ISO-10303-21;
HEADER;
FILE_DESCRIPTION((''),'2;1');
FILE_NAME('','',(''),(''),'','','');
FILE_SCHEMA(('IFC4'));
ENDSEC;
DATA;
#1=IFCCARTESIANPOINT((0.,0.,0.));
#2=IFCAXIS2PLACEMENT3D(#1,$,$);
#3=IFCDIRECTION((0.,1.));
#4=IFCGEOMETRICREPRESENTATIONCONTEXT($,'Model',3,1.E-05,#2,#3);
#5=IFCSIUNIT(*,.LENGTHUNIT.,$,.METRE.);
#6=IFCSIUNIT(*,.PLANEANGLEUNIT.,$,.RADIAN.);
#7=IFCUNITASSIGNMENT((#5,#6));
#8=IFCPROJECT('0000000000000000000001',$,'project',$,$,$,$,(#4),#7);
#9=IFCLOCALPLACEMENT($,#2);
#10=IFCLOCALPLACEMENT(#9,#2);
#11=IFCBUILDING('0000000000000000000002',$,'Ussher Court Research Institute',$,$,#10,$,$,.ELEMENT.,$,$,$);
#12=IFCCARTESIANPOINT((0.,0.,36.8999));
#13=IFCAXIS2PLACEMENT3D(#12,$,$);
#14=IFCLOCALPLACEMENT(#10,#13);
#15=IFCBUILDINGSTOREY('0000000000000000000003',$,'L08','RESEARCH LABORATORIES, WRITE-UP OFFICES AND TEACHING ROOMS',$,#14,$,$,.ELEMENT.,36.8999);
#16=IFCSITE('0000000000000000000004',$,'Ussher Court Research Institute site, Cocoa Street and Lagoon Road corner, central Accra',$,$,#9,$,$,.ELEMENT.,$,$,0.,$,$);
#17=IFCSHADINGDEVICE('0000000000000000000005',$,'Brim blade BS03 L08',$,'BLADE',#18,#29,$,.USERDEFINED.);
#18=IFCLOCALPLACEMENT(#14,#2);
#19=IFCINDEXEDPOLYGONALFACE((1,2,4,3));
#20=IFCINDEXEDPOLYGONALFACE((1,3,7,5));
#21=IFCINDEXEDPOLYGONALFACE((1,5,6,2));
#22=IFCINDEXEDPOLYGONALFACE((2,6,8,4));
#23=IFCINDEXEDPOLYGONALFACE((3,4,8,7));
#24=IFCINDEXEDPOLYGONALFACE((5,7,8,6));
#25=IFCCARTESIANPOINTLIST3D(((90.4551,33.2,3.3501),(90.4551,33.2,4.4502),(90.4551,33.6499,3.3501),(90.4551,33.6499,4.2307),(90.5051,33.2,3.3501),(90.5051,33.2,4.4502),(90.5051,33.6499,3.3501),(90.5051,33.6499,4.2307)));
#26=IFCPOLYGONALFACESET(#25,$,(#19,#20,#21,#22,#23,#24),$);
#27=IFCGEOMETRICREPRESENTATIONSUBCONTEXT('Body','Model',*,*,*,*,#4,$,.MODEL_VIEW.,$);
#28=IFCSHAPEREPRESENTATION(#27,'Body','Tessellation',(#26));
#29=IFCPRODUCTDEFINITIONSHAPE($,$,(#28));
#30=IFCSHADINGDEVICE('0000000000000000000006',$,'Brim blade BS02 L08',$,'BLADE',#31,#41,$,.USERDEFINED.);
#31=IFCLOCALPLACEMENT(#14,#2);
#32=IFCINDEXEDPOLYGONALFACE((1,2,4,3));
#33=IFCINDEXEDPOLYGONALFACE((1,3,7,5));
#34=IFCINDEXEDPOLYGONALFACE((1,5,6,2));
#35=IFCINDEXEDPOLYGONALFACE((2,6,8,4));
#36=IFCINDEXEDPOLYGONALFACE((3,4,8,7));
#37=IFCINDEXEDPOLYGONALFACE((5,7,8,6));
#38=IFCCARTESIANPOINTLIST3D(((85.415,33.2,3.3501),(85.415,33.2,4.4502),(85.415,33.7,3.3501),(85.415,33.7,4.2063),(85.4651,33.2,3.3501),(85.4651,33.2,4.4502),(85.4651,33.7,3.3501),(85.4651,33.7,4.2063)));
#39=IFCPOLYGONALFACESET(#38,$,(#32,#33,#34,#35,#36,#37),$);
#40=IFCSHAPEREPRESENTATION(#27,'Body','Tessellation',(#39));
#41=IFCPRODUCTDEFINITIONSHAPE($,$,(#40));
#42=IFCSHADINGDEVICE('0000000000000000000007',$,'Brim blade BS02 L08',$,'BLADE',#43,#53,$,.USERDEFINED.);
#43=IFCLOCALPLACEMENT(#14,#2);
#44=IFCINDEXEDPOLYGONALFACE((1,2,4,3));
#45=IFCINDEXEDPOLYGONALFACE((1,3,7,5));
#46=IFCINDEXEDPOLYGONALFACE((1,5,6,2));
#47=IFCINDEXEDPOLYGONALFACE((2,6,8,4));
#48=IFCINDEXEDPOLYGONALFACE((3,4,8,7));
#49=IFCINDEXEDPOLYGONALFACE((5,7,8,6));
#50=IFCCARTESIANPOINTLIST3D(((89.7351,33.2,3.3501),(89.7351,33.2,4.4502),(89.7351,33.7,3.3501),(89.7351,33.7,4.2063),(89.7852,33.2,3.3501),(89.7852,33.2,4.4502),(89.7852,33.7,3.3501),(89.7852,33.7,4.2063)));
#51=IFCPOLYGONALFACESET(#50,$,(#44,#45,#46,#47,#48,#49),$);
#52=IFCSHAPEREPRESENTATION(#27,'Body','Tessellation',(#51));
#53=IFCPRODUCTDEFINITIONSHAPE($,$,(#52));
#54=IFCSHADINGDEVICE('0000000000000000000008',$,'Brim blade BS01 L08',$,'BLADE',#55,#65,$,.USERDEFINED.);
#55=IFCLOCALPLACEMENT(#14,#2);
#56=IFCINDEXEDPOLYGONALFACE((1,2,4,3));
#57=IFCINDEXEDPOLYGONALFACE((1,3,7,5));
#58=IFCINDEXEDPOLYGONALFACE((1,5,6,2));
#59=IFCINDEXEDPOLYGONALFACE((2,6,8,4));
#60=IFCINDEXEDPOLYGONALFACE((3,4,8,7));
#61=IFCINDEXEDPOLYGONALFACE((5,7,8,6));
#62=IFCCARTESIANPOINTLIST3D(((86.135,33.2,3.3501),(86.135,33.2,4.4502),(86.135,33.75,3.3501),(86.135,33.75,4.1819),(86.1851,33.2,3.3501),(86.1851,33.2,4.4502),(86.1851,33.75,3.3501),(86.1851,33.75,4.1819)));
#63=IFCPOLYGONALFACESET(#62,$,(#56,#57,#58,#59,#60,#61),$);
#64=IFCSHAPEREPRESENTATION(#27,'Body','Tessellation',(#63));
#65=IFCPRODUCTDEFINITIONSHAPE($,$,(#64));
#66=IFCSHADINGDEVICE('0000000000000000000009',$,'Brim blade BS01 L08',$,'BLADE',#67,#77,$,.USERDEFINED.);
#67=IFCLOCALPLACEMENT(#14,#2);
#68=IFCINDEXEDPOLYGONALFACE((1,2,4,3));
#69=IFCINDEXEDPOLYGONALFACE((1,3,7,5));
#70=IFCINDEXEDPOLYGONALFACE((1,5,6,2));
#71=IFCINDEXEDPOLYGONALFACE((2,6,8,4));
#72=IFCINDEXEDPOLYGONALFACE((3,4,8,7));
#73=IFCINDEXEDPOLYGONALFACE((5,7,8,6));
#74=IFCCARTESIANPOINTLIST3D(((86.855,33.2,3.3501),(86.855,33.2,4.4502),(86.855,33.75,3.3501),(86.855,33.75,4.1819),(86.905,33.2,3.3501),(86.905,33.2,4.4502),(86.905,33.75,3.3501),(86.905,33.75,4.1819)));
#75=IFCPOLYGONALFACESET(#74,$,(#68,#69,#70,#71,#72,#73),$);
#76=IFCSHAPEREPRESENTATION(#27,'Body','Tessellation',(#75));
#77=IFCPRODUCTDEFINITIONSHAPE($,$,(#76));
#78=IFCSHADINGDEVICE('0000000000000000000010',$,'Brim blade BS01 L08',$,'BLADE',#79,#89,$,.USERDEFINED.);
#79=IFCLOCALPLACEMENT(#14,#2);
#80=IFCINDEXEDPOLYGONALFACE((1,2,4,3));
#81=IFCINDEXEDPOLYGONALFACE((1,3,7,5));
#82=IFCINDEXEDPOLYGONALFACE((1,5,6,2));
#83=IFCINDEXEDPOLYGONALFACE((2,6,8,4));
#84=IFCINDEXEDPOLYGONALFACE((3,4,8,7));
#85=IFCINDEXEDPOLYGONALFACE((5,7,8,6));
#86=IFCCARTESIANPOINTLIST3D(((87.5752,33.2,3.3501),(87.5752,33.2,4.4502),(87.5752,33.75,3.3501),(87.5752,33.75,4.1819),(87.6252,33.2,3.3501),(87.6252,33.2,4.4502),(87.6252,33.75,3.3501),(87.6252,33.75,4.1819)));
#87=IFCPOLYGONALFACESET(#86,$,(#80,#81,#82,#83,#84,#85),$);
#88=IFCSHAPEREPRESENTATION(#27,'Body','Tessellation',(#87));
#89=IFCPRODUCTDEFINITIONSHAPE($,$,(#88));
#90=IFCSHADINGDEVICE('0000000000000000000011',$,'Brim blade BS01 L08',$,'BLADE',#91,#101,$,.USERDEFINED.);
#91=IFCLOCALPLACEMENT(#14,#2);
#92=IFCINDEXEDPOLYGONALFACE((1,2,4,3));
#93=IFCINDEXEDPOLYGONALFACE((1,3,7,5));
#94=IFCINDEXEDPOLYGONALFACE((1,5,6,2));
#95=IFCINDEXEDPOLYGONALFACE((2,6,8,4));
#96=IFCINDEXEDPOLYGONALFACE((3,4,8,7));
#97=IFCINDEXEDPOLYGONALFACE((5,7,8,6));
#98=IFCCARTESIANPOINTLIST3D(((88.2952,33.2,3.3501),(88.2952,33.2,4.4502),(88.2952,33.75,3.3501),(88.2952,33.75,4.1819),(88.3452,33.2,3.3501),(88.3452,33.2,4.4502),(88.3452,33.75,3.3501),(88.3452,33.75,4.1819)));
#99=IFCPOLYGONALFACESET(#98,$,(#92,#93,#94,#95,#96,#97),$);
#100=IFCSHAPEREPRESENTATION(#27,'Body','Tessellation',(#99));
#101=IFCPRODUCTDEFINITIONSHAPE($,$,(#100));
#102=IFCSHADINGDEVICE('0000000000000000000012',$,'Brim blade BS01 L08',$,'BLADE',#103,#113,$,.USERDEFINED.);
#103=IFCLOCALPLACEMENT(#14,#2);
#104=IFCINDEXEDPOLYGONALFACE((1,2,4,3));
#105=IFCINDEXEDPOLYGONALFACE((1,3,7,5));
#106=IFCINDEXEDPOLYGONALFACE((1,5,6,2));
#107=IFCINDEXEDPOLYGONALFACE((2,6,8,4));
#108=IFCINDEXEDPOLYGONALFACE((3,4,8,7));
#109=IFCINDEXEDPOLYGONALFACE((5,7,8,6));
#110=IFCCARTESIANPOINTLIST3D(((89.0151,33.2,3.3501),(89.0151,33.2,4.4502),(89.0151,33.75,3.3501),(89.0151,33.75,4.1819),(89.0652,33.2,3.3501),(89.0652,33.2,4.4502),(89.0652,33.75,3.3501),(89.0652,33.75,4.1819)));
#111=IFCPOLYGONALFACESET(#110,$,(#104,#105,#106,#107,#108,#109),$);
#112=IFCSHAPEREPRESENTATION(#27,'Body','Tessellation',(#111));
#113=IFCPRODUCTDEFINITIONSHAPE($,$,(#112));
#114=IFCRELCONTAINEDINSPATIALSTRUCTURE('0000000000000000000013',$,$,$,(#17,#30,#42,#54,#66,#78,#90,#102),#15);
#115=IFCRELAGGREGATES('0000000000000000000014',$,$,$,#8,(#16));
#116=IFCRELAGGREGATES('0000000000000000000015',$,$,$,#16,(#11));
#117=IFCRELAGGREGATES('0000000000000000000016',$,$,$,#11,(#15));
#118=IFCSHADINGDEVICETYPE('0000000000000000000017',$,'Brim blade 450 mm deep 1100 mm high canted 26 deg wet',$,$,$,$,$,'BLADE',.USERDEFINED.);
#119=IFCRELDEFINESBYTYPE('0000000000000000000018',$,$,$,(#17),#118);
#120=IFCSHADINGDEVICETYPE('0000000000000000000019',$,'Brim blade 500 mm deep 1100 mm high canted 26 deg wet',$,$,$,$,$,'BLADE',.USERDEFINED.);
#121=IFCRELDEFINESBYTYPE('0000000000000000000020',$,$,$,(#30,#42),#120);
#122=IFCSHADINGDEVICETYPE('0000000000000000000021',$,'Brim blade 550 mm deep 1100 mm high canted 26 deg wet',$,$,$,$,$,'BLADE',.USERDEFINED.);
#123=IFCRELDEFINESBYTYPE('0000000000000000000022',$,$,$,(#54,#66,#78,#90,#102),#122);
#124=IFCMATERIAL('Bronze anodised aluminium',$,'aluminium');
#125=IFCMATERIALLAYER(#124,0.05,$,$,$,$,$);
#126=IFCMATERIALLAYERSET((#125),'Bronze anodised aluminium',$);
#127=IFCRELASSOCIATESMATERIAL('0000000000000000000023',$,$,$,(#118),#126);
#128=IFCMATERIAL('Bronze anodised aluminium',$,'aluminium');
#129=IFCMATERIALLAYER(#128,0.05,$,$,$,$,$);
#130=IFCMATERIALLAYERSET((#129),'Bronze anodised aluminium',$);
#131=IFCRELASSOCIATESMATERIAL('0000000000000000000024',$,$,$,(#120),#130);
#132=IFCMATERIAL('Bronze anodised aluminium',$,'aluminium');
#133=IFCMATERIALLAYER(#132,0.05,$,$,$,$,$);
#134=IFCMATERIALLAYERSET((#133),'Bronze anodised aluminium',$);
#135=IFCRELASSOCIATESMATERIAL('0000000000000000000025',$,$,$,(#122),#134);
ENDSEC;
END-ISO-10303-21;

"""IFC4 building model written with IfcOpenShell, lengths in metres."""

from ifc_helpers import new_model, si_unit, direction, frame, origin, place, context, subcontext, project, spatial, polyline, outline, extrude, material, layer, layer_set, type_object, element, save


model = new_model("IFC4")

# Units and contexts
model_context = context("Model", 3, precision=1e-05, world=origin(), true_north=direction((0.0, 1.0)))
body_context = subcontext(model_context, "Body", "Model", "MODEL_VIEW")
ifc_project = project(units=[si_unit("LENGTHUNIT", "METRE"), si_unit("PLANEANGLEUNIT", "RADIAN")], contexts=[model_context])

# Site, building, storey
site_placement = place(None, origin())
site = spatial("IfcSite", under=ifc_project, at=site_placement, Name="Ussher Court Research Institute site, Cocoa Street and Lagoon Road corner, central Accra", CompositionType="ELEMENT", RefElevation=0.0)
building_placement = place(site_placement, origin())
building = spatial("IfcBuilding", under=site, at=building_placement, Name="Ussher Court Research Institute", CompositionType="ELEMENT")
storey_placement = place(building_placement, frame((0.0, 0.0, 36.8999)))
storey = spatial("IfcBuildingStorey", under=building, at=storey_placement, Name="L08", Description="RESEARCH LABORATORIES, WRITE-UP OFFICES AND TEACHING ROOMS", CompositionType="ELEMENT", Elevation=36.8999)

# Shading devices
ifc_material_1 = material(Name="Bronze anodised aluminium", Category="aluminium")
ifc_layer_1 = layer(ifc_material_1, 0.05)
ifc_layer_set_1 = layer_set([ifc_layer_1], Name="Bronze anodised aluminium")
shading_device_type_1 = type_object("IfcShadingDeviceType", Name="Brim blade 450 mm deep 1100 mm high canted 26 deg wet", ElementType="BLADE", PredefinedType="USERDEFINED", material=ifc_layer_set_1)
for number, where, z_axis, x_axis, name in (
    (1, (90.48, 33.2, 3.3501), (0.0, 0.0, 1.0), (0.0, 1.0, 0.0), "Brim blade BS03 L08"),
):
    element("IfcShadingDevice", number, at=place(storey_placement, frame(where, z_axis=z_axis, x_axis=x_axis)), inside=storey, type_object=shading_device_type_1, Name=name, ObjectType="BLADE", PredefinedType="USERDEFINED", context=body_context, shape_type="SweptSolid", body=[
        extrude(outline(polyline([(0.0, 0.0), (0.45, 0.0), (0.45, 0.8806), (0.0, 1.1001), (0.0, 0.0)])), frame((0.0, 0.0249, 0.0), z_axis=(0.0, -1.0, 0.0), x_axis=(1.0, 0.0, 0.0)), (0.0, 0.0, 1.0), 0.05),
    ])
ifc_material_2 = material(Name="Bronze anodised aluminium", Category="aluminium")
ifc_layer_2 = layer(ifc_material_2, 0.05)
ifc_layer_set_2 = layer_set([ifc_layer_2], Name="Bronze anodised aluminium")
shading_device_type_2 = type_object("IfcShadingDeviceType", Name="Brim blade 500 mm deep 1100 mm high canted 26 deg wet", ElementType="BLADE", PredefinedType="USERDEFINED", material=ifc_layer_set_2)
for number, where, z_axis, x_axis, name in (
    (2, (85.4399, 33.2, 3.3501), (0.0, 0.0, 1.0), (0.0, 1.0, 0.0), "Brim blade BS02 L08"),
    (3, (89.76, 33.2, 3.3501), (0.0, 0.0, 1.0), (0.0, 1.0, 0.0), "Brim blade BS02 L08"),
):
    element("IfcShadingDevice", number, at=place(storey_placement, frame(where, z_axis=z_axis, x_axis=x_axis)), inside=storey, type_object=shading_device_type_2, Name=name, ObjectType="BLADE", PredefinedType="USERDEFINED", context=body_context, shape_type="SweptSolid", body=[
        extrude(outline(polyline([(0.0, 0.0), (0.5, 0.0), (0.5, 0.8562), (0.0, 1.1001), (0.0, 0.0)])), frame((0.0, 0.0249, 0.0), z_axis=(0.0, -1.0, 0.0), x_axis=(1.0, 0.0, 0.0)), (0.0, 0.0, 1.0), 0.05),
    ])
ifc_material_3 = material(Name="Bronze anodised aluminium", Category="aluminium")
ifc_layer_3 = layer(ifc_material_3, 0.05)
ifc_layer_set_3 = layer_set([ifc_layer_3], Name="Bronze anodised aluminium")
shading_device_type_3 = type_object("IfcShadingDeviceType", Name="Brim blade 550 mm deep 1100 mm high canted 26 deg wet", ElementType="BLADE", PredefinedType="USERDEFINED", material=ifc_layer_set_3)
for number, where, z_axis, x_axis, name in (
    (4, (86.1599, 33.2, 3.3501), (0.0, 0.0, 1.0), (0.0, 1.0, 0.0), "Brim blade BS01 L08"),
    (5, (86.8799, 33.2, 3.3501), (0.0, 0.0, 1.0), (0.0, 1.0, 0.0), "Brim blade BS01 L08"),
    (6, (87.6001, 33.2, 3.3501), (0.0, 0.0, 1.0), (0.0, 1.0, 0.0), "Brim blade BS01 L08"),
    (7, (88.3201, 33.2, 3.3501), (0.0, 0.0, 1.0), (0.0, 1.0, 0.0), "Brim blade BS01 L08"),
    (8, (89.04, 33.2, 3.3501), (0.0, 0.0, 1.0), (0.0, 1.0, 0.0), "Brim blade BS01 L08"),
):
    element("IfcShadingDevice", number, at=place(storey_placement, frame(where, z_axis=z_axis, x_axis=x_axis)), inside=storey, type_object=shading_device_type_3, Name=name, ObjectType="BLADE", PredefinedType="USERDEFINED", context=body_context, shape_type="SweptSolid", body=[
        extrude(outline(polyline([(0.0, 0.0), (0.55, 0.0), (0.55, 0.8318), (0.0, 1.1001), (0.0, 0.0)])), frame((0.0, 0.0249, 0.0), z_axis=(0.0, -1.0, 0.0), x_axis=(1.0, 0.0, 0.0)), (0.0, 0.0, 1.0), 0.05),
    ])

save(model, "model.ifc")
